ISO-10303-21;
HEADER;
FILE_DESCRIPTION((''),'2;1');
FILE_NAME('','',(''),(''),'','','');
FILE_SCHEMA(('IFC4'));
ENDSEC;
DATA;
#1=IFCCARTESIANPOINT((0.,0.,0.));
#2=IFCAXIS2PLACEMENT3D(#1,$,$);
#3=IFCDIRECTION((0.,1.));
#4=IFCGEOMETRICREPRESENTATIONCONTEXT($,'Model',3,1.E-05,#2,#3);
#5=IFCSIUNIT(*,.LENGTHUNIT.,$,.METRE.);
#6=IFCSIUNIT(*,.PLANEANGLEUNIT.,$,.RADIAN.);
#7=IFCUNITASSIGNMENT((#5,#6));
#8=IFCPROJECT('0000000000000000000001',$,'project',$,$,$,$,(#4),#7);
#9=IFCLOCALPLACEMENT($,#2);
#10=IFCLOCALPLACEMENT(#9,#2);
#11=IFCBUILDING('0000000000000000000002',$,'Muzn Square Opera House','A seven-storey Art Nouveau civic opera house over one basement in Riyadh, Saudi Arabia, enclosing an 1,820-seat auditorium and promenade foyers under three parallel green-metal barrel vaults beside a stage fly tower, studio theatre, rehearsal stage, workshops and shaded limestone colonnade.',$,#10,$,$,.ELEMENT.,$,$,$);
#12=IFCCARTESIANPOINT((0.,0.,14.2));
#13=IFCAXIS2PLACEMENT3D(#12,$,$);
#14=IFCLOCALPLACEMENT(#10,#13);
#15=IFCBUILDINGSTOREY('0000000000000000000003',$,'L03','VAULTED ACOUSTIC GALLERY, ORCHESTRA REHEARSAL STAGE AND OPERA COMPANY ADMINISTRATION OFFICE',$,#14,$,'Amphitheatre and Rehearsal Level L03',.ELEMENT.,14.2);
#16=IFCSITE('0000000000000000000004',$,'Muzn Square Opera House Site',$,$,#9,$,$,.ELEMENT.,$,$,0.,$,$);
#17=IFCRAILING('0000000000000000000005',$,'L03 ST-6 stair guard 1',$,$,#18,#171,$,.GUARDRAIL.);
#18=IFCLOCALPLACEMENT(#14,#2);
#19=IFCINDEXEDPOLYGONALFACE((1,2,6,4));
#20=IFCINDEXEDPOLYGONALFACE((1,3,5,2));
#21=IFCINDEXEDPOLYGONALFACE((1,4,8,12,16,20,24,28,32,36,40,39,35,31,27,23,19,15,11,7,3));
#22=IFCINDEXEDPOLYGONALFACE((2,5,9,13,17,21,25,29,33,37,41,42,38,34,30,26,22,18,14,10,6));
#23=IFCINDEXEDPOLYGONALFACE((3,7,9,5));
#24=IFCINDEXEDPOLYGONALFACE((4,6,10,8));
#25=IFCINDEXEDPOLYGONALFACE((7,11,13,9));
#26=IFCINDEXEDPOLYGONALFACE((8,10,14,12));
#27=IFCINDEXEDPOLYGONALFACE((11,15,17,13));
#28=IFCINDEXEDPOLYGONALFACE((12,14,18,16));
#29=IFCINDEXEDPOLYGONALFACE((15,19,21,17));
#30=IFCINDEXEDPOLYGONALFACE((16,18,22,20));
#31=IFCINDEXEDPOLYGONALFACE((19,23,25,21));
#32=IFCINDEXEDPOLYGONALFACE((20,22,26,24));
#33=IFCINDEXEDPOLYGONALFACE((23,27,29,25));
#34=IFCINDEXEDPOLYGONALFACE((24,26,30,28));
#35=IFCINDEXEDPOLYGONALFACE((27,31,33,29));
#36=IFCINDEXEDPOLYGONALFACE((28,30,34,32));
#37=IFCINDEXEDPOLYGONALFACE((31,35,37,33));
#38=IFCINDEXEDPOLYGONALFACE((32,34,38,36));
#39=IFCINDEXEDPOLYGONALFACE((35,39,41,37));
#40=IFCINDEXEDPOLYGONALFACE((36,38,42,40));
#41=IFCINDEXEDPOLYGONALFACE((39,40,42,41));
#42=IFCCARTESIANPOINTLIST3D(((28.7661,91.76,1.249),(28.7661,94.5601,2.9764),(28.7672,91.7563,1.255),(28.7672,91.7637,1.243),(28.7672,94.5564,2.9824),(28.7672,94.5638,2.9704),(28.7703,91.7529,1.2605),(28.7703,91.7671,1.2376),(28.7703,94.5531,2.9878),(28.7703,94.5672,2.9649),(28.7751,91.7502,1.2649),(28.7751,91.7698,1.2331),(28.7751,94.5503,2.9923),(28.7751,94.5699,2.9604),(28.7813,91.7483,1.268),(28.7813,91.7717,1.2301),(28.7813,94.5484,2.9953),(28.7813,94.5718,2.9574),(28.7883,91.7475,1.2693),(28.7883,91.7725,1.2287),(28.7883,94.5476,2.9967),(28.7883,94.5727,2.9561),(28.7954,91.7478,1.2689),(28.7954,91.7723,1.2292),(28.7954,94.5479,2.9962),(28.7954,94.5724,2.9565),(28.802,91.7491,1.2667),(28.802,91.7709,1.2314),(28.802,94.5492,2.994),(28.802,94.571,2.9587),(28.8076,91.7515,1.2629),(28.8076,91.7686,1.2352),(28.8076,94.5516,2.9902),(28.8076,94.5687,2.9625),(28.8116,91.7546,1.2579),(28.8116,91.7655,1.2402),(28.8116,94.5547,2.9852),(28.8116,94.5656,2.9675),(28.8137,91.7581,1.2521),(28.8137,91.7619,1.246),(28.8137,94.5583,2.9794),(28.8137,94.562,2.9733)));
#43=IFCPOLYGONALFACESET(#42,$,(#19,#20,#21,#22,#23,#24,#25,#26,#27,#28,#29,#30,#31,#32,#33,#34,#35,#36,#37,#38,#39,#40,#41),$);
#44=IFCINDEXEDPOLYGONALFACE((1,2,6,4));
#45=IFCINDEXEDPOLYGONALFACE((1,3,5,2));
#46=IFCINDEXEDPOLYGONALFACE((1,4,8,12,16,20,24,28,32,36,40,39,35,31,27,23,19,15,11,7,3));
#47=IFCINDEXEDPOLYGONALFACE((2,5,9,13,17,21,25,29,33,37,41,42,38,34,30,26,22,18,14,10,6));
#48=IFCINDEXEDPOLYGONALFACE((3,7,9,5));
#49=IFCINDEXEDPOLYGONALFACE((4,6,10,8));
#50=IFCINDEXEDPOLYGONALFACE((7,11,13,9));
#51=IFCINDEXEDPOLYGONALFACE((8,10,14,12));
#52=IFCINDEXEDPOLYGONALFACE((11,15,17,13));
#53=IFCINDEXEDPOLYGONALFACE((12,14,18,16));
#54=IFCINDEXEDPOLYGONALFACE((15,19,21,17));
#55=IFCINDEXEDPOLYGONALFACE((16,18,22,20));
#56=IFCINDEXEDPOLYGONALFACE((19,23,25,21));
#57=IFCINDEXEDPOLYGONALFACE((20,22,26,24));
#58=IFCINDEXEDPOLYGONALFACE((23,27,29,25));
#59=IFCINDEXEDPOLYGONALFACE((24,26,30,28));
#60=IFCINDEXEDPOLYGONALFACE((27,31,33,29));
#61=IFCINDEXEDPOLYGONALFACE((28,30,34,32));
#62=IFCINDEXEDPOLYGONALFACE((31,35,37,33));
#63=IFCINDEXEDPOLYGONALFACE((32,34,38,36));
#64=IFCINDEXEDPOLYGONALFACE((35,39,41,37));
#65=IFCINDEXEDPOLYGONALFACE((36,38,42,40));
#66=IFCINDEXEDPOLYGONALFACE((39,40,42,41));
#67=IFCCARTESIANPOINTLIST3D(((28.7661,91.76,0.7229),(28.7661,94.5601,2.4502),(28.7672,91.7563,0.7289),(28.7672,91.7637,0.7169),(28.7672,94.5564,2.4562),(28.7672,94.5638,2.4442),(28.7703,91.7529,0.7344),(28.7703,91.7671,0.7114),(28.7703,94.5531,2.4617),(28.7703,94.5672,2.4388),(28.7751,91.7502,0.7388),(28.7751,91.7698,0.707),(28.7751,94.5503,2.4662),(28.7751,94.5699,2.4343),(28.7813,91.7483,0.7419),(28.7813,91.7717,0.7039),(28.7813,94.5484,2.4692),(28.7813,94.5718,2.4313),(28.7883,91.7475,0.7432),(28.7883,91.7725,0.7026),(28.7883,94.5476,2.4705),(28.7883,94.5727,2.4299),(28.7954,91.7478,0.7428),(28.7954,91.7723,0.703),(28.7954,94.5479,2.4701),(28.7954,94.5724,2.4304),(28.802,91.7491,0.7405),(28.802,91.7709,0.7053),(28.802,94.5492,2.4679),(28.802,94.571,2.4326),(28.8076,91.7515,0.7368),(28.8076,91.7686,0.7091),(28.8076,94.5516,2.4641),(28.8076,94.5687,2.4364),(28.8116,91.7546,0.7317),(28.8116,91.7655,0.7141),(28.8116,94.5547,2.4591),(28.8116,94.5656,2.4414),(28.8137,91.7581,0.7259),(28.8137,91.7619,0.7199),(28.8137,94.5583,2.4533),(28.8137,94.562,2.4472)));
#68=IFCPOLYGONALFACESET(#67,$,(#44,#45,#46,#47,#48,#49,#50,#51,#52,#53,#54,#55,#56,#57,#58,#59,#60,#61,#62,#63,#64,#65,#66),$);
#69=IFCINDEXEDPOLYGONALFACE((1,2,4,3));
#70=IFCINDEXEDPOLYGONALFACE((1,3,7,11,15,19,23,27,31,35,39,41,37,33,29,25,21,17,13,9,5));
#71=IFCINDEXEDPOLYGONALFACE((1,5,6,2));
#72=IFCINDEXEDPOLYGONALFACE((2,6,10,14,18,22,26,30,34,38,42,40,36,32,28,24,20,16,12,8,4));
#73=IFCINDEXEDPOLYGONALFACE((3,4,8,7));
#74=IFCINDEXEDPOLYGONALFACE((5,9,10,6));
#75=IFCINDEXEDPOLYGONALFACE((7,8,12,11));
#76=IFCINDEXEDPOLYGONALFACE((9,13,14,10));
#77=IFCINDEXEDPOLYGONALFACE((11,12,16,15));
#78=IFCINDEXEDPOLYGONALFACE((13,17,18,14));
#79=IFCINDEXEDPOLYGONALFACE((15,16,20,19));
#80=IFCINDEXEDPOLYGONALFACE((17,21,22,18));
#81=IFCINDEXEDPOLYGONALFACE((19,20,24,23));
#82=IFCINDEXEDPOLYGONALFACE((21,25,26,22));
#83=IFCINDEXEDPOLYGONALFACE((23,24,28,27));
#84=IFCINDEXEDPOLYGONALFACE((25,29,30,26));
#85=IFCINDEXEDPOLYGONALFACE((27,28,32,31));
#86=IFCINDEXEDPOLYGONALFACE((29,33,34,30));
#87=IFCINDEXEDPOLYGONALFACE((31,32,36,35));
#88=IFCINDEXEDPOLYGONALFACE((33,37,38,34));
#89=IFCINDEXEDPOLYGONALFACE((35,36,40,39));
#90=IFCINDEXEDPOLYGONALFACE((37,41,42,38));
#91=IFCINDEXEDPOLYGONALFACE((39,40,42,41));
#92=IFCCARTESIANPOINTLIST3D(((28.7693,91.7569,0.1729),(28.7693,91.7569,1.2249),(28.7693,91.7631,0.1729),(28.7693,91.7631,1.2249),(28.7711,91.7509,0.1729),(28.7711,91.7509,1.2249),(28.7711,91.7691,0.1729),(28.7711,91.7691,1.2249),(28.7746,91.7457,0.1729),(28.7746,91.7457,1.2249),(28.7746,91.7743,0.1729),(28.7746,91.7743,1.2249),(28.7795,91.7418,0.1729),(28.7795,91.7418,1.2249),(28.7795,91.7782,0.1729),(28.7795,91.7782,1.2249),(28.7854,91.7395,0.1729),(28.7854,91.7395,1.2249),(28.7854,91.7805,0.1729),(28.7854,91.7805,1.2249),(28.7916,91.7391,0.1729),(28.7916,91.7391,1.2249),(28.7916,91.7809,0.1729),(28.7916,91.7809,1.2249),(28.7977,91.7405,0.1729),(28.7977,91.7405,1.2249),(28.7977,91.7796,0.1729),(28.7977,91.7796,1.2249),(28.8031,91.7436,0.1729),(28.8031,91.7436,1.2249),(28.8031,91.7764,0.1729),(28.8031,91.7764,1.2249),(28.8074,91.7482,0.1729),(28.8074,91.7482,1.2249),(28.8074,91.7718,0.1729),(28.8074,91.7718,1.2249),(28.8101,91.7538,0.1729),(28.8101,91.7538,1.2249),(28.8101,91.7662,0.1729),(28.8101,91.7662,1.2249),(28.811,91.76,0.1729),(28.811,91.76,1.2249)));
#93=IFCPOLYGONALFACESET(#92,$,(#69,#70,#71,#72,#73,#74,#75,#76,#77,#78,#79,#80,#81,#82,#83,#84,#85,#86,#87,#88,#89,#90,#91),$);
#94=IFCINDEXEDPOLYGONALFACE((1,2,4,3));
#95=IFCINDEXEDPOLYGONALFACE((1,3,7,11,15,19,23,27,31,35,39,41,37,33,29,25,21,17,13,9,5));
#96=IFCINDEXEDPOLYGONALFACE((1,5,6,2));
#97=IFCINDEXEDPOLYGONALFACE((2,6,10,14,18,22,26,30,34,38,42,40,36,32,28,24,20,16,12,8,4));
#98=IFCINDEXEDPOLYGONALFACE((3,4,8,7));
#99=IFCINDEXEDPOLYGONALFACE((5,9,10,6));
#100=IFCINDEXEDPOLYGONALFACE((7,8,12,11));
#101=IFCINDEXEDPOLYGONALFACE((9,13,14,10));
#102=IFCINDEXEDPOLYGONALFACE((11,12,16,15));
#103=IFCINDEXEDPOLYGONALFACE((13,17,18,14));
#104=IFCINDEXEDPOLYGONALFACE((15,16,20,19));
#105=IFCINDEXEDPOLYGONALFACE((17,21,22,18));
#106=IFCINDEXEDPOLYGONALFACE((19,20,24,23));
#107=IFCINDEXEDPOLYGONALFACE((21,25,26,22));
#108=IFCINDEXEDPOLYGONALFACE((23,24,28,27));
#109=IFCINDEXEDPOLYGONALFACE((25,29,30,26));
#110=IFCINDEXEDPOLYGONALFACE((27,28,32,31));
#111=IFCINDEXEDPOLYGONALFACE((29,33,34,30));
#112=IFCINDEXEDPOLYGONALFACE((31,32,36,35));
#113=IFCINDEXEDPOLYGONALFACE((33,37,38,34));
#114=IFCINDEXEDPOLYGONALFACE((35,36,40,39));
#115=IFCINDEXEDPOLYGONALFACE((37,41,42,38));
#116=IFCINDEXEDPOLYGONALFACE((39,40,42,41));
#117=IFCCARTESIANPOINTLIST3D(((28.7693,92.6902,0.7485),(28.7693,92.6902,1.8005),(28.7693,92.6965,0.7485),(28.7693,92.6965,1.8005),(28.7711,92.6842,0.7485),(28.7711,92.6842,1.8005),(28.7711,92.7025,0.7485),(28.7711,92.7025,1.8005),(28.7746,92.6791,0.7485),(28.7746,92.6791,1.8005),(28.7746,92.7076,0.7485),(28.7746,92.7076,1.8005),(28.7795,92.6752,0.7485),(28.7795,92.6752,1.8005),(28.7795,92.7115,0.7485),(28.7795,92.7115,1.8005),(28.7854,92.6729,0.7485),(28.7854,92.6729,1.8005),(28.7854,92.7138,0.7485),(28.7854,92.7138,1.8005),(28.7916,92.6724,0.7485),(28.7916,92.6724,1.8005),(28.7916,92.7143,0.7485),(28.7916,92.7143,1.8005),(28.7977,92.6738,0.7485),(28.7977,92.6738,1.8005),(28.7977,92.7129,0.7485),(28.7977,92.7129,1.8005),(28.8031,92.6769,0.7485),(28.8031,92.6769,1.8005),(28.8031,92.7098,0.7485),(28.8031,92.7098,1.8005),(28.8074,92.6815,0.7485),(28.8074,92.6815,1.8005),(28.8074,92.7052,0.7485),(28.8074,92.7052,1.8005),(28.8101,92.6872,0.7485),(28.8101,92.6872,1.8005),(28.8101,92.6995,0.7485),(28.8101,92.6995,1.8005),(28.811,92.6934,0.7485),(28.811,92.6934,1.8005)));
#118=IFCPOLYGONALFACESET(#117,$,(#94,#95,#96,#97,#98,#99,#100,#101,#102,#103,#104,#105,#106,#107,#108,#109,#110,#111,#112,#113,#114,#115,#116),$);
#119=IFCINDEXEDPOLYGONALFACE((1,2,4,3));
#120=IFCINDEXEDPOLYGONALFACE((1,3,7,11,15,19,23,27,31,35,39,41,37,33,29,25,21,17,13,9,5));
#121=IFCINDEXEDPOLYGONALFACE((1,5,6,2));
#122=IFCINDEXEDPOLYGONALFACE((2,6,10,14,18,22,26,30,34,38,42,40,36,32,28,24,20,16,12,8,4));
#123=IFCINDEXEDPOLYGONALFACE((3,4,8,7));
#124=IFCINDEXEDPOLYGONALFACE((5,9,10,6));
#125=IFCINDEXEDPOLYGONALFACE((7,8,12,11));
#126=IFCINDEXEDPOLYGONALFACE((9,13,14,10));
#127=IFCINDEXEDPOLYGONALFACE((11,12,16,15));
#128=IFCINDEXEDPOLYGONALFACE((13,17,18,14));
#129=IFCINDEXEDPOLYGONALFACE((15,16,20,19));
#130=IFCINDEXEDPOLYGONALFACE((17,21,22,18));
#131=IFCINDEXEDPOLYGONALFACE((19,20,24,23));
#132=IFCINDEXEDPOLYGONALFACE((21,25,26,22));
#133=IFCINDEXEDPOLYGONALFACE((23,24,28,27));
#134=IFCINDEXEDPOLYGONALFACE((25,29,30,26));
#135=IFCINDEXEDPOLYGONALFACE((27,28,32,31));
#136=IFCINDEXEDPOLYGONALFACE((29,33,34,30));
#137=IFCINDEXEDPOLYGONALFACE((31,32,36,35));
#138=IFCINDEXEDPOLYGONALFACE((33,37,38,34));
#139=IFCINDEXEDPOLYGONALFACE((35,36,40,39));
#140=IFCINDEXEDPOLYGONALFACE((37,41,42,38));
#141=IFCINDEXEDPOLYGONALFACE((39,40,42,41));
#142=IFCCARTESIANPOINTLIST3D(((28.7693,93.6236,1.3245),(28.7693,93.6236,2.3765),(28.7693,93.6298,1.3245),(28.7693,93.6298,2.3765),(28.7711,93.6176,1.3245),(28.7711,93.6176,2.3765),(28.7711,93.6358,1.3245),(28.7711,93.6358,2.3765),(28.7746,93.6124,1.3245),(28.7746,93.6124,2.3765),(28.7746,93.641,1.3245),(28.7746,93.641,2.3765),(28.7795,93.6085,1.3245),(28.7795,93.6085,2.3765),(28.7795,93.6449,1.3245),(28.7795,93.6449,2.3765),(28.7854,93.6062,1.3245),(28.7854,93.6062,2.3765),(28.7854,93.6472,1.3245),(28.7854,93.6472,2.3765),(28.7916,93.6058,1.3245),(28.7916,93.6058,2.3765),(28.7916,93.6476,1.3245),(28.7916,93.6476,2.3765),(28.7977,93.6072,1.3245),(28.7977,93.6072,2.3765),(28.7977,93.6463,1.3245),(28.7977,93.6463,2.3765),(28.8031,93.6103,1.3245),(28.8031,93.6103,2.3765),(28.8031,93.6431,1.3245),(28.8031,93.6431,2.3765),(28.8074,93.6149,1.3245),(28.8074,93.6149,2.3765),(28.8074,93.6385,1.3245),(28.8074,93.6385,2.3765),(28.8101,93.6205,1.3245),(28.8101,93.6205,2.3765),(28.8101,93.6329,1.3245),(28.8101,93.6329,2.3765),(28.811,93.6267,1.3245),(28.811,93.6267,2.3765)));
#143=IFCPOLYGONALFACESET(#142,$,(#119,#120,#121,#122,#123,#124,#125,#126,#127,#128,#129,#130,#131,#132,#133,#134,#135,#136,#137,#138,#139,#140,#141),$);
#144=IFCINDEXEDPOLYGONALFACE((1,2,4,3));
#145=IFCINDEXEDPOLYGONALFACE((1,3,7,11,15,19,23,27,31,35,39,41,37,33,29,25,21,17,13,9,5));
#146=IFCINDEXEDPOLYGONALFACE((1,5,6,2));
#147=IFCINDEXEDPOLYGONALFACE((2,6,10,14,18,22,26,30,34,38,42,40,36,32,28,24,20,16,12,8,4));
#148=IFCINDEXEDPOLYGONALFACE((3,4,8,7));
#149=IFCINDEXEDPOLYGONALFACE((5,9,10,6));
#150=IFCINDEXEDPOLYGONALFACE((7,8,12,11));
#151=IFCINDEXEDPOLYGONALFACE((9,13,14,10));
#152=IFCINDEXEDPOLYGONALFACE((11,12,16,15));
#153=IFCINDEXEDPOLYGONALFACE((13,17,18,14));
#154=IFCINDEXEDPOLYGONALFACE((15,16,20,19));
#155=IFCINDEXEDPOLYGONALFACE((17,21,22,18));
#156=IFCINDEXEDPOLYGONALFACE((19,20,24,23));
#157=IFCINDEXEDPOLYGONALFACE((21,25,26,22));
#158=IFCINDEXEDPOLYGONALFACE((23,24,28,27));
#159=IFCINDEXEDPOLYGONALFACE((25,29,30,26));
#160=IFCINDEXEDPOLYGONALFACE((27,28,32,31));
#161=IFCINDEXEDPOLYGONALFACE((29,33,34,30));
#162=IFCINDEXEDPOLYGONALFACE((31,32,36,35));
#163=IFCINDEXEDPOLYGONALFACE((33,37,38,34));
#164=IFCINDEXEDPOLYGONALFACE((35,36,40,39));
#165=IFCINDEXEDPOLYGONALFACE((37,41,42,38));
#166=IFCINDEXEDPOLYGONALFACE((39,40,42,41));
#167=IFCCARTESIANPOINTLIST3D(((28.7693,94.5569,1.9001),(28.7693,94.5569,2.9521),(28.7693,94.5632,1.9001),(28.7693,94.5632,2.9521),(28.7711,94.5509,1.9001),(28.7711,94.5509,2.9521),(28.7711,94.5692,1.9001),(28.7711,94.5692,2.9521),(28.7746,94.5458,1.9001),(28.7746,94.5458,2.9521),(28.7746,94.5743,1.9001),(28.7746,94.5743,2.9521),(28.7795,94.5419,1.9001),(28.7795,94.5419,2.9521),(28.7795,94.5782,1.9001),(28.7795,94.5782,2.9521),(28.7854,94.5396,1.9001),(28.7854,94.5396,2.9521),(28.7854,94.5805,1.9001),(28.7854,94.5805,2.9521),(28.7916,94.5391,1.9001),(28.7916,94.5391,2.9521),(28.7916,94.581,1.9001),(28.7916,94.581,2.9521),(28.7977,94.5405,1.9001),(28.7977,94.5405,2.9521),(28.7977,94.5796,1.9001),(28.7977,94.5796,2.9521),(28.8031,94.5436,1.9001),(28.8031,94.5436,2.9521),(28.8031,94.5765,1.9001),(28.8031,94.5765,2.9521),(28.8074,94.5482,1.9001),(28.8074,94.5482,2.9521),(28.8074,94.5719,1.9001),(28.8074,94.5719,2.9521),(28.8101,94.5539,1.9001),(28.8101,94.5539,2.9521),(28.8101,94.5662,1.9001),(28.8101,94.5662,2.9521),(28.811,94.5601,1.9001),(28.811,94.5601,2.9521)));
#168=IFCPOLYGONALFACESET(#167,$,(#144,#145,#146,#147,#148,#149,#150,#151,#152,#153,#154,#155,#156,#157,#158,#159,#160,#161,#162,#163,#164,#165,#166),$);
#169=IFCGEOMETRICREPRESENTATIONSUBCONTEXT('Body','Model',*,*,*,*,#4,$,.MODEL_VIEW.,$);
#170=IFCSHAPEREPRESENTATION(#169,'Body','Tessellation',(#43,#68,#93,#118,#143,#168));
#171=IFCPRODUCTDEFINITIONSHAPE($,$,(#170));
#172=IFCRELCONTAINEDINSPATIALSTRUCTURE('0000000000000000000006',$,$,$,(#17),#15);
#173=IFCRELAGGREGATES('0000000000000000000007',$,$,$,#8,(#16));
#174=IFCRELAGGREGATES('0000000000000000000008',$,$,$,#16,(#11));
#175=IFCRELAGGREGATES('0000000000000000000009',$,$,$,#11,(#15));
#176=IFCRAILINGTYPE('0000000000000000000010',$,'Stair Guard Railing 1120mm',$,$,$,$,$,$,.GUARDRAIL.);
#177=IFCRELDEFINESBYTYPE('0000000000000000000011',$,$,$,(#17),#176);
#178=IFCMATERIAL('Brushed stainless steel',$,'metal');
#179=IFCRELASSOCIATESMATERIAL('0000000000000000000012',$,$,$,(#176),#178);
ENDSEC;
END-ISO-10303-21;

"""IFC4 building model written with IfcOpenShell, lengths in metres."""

from ifc_helpers import new_model, si_unit, direction, frame, origin, origin_2d, place, context, subcontext, project, spatial, circle, extrude, material, type_object, element, save


model = new_model("IFC4")

# Units and contexts
model_context = context("Model", 3, precision=1e-05, world=origin(), true_north=direction((0.0, 1.0)))
body_context = subcontext(model_context, "Body", "Model", "MODEL_VIEW")
ifc_project = project(units=[si_unit("LENGTHUNIT", "METRE"), si_unit("PLANEANGLEUNIT", "RADIAN")], contexts=[model_context])

# Site, building, storey
site_placement = place(None, origin())
site = spatial("IfcSite", under=ifc_project, at=site_placement, Name="Muzn Square Opera House Site", CompositionType="ELEMENT", RefElevation=0.0)
building_placement = place(site_placement, origin())
building = spatial("IfcBuilding", under=site, at=building_placement, Name="Muzn Square Opera House", Description="A seven-storey Art Nouveau civic opera house over one basement in Riyadh, Saudi Arabia, enclosing an 1,820-seat auditorium and promenade foyers under three parallel green-metal barrel vaults beside a stage fly tower, studio theatre, rehearsal stage, workshops and shaded limestone colonnade.", CompositionType="ELEMENT")
storey_placement = place(building_placement, frame((0.0, 0.0, 14.2)))
storey = spatial("IfcBuildingStorey", under=building, at=storey_placement, Name="L03", Description="VAULTED ACOUSTIC GALLERY, ORCHESTRA REHEARSAL STAGE AND OPERA COMPANY ADMINISTRATION OFFICE", LongName="Amphitheatre and Rehearsal Level L03", CompositionType="ELEMENT", Elevation=14.2)

# Railing
ifc_material_1 = material(Name="Brushed stainless steel", Category="metal")
railing_type_1 = type_object("IfcRailingType", Name="Stair Guard Railing 1120mm", PredefinedType="GUARDRAIL", material=ifc_material_1)
railing_1_placement = place(storey_placement, frame((28.79, 91.76, 0.1729)))
element("IfcRailing", 1, at=railing_1_placement, inside=storey, type_object=railing_type_1, Name="L03 ST-6 stair guard 1", PredefinedType="GUARDRAIL", context=body_context, shape_type="SweptSolid", body=[
    extrude(circle(Radius=0.0239, at=origin_2d()), frame((0.0, 0.0, 1.0762), z_axis=(0.0, 0.85109, 0.52502), x_axis=(-1.0, 0.0, 0.0)), (0.0, 0.0, 1.0), 3.29),
    extrude(circle(Radius=0.0239, at=origin_2d()), frame((0.0, 0.0, 0.55), z_axis=(0.0, 0.85109, 0.52502), x_axis=(-1.0, 0.0, 0.0)), (0.0, 0.0, 1.0), 3.29),
    extrude(circle(Radius=0.021, at=origin_2d()), origin(), (0.0, 0.0, 1.0), 1.052),
    extrude(circle(Radius=0.021, at=origin_2d()), frame((0.0, 0.9333, 0.5757)), (0.0, 0.0, 1.0), 1.052),
    extrude(circle(Radius=0.021, at=origin_2d()), frame((0.0, 1.8667, 1.1516)), (0.0, 0.0, 1.0), 1.052),
    extrude(circle(Radius=0.021, at=origin_2d()), frame((0.0, 2.8, 1.7273)), (0.0, 0.0, 1.0), 1.052),
])

save(model, "model.ifc")
